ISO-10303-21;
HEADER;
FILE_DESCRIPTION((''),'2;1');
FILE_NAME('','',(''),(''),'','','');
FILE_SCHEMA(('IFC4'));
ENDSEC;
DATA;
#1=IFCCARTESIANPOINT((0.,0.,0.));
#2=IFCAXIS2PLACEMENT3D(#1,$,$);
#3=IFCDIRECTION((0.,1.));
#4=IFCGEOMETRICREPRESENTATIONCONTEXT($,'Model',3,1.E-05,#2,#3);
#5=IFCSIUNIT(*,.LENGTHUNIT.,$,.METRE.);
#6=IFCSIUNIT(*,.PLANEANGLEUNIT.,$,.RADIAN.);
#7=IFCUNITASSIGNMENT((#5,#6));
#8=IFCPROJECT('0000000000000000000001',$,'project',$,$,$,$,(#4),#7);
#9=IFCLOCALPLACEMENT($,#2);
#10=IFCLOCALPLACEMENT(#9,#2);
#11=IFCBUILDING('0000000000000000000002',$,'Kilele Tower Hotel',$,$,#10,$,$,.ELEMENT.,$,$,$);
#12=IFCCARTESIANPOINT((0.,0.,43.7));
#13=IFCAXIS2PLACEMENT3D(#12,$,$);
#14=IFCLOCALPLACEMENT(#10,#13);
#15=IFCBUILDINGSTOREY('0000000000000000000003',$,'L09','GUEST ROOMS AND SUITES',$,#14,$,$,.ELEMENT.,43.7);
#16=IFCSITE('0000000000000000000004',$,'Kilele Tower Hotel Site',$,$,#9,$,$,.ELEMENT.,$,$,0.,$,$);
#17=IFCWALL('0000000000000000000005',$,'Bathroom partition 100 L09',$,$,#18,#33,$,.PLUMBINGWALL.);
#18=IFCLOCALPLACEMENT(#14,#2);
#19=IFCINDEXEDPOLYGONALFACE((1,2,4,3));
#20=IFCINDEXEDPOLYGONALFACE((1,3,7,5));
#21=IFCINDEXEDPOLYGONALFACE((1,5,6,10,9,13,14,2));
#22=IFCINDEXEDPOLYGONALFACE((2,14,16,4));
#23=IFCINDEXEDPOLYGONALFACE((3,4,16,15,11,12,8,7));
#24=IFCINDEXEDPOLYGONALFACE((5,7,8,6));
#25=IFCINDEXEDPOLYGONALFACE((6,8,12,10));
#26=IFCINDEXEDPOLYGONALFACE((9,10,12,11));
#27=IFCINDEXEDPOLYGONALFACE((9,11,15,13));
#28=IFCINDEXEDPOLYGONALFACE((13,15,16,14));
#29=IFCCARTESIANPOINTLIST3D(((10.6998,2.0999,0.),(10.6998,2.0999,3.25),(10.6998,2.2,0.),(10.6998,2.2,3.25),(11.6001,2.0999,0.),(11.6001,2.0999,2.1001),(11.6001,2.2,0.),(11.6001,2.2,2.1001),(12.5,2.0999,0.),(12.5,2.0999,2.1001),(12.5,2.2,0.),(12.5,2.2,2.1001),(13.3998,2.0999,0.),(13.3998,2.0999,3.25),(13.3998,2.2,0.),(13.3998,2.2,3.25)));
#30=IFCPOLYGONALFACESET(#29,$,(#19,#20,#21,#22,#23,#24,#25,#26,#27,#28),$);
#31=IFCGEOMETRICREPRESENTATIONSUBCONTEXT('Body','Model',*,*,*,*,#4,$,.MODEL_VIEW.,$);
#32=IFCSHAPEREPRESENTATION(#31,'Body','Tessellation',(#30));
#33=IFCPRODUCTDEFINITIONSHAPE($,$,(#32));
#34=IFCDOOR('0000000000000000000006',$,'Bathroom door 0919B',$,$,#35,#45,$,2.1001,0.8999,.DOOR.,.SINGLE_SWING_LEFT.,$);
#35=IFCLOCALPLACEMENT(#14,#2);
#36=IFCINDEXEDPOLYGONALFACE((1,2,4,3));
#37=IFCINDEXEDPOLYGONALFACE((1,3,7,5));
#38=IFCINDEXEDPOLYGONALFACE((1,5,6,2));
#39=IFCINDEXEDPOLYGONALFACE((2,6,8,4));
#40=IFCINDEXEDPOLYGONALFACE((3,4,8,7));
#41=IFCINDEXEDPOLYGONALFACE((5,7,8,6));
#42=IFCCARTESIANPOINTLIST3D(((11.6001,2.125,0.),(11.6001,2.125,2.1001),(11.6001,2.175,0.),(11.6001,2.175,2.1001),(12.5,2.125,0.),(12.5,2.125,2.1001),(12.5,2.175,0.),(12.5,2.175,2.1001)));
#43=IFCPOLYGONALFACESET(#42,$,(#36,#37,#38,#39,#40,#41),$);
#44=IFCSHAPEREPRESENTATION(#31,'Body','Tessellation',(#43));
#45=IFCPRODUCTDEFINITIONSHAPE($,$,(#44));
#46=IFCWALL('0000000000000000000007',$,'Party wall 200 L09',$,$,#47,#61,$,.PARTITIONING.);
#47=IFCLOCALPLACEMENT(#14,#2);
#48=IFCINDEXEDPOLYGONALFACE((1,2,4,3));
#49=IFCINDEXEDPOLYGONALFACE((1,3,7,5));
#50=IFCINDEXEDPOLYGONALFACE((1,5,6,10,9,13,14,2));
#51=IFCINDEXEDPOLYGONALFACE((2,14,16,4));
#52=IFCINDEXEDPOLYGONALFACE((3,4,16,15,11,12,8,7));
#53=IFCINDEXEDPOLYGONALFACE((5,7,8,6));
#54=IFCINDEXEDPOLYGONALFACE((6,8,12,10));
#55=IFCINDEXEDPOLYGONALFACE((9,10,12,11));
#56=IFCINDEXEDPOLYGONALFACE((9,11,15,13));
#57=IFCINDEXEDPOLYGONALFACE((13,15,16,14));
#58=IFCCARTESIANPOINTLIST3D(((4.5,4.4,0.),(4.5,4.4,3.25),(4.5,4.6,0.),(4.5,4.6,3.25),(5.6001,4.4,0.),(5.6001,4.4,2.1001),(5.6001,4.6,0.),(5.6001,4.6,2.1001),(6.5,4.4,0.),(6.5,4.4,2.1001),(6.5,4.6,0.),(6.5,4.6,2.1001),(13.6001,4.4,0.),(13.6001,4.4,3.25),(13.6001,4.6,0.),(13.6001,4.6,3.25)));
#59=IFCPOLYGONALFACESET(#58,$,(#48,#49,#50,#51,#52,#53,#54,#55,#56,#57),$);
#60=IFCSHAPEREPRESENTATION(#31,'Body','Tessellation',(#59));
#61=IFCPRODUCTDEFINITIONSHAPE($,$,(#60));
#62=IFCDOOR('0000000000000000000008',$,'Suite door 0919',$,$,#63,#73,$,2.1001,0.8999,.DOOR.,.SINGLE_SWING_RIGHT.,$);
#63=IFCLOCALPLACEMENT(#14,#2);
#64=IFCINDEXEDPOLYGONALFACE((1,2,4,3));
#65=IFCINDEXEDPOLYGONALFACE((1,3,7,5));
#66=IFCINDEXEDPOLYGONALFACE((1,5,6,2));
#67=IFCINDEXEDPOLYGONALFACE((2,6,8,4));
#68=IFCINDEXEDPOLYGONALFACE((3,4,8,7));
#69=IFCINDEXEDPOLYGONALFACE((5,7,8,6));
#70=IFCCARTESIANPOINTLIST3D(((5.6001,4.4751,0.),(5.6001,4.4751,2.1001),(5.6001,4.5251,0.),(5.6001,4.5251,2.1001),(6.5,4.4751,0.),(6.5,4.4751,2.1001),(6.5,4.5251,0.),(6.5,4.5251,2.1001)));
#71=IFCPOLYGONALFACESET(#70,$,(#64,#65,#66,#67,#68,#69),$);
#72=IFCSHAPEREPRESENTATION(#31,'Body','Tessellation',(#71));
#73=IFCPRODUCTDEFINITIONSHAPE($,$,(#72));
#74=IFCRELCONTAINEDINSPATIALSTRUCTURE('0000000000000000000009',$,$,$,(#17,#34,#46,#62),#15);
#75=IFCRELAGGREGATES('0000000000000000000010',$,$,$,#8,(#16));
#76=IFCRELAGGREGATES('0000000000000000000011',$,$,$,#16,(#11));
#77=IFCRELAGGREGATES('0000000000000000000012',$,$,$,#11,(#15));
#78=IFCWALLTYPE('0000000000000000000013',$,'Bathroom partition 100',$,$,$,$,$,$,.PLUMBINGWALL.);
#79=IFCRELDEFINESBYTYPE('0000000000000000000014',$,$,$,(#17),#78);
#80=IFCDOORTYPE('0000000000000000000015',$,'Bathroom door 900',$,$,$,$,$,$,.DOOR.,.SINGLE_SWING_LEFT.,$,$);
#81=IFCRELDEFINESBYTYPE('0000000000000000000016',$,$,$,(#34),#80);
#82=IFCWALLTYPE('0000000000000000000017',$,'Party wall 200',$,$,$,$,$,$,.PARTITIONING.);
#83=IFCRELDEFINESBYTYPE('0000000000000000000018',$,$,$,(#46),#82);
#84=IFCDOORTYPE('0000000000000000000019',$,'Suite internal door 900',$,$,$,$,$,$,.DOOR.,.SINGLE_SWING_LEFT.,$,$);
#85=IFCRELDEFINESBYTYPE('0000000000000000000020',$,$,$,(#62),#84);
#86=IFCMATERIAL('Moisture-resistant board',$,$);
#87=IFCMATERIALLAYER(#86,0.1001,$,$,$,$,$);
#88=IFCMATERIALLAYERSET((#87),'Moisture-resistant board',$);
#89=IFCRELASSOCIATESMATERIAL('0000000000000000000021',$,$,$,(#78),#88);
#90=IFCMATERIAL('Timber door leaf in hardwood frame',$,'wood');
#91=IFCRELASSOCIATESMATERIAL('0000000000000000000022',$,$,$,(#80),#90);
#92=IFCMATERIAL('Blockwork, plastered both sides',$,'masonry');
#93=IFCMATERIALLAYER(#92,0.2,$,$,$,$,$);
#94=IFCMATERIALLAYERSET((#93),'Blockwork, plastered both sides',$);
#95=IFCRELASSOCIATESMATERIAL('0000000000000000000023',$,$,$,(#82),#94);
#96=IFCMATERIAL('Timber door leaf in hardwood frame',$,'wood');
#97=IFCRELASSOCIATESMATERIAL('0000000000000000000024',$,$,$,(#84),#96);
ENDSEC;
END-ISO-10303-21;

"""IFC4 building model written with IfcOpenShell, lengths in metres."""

from ifc_helpers import new_model, si_unit, direction, frame, frame_2d, origin, place, context, subcontext, project, spatial, rectangle, extrude, material, layer, layer_set, type_object, element, fill, save


model = new_model("IFC4")

# Units and contexts
model_context = context("Model", 3, precision=1e-05, world=origin(), true_north=direction((0.0, 1.0)))
body_context = subcontext(model_context, "Body", "Model", "MODEL_VIEW")
ifc_project = project(units=[si_unit("LENGTHUNIT", "METRE"), si_unit("PLANEANGLEUNIT", "RADIAN")], contexts=[model_context])

# Site, building, storey
site_placement = place(None, origin())
site = spatial("IfcSite", under=ifc_project, at=site_placement, Name="Kilele Tower Hotel Site", CompositionType="ELEMENT", RefElevation=0.0)
building_placement = place(site_placement, origin())
building = spatial("IfcBuilding", under=site, at=building_placement, Name="Kilele Tower Hotel", CompositionType="ELEMENT")
storey_placement = place(building_placement, frame((0.0, 0.0, 43.7)))
storey = spatial("IfcBuildingStorey", under=building, at=storey_placement, Name="L09", Description="GUEST ROOMS AND SUITES", CompositionType="ELEMENT", Elevation=43.7)

# Shared definitions
ifc_material_1 = material(Name="Moisture-resistant board")
ifc_layer_1 = layer(ifc_material_1, 0.1001)
ifc_layer_set_1 = layer_set([ifc_layer_1], Name="Moisture-resistant board")
wall_type_1 = type_object("IfcWallType", Name="Bathroom partition 100", PredefinedType="PLUMBINGWALL", material=ifc_layer_set_1)

# Shared definitions
ifc_material_2 = material(Name="Timber door leaf in hardwood frame", Category="wood")
door_type_1 = type_object("IfcDoorType", Name="Bathroom door 900", OperationType="SINGLE_SWING_LEFT", PredefinedType="DOOR", material=ifc_material_2)

# Walls, openings, doors
wall_1_placement = place(storey_placement, frame((13.3999, 2.1499, 0.0), z_axis=(0.0, 0.0, 1.0), x_axis=(-1.0, 0.0, 0.0)))
wall_1 = element("IfcWall", 1, at=wall_1_placement, inside=storey, type_object=wall_type_1, Name="Bathroom partition 100 L09", PredefinedType="PLUMBINGWALL", context=body_context, shape_type="SweptSolid", body=[
    extrude(rectangle(XDim=2.7, YDim=0.1001, at=frame_2d((1.3501, 0.0))), origin(), (0.0, 0.0, 1.0), 3.25),
])
opening_1_placement = place(wall_1_placement, frame((0.8999, 0.0, 0.0)))
opening_1 = element("IfcOpeningElement", 2, at=opening_1_placement, cuts=wall_1, PredefinedType="OPENING", context=body_context, shape_type="SweptSolid", body=[
    extrude(rectangle(XDim=0.8999, YDim=2.1001, at=frame_2d((0.45, 1.05))), frame((0.0, 0.0601, 0.0), z_axis=(0.0, -1.0, 0.0), x_axis=(1.0, 0.0, 0.0)), (0.0, 0.0, 1.0), 0.1201),
])
door_1_placement = place(opening_1_placement, origin())
door_1 = element("IfcDoor", 3, at=door_1_placement, inside=storey, type_object=door_type_1, Name="Bathroom door 0919B", OperationType="SINGLE_SWING_LEFT", OverallHeight=2.1001, OverallWidth=0.8999, PredefinedType="DOOR", context=body_context, shape_type="SweptSolid", body=[
    extrude(rectangle(XDim=0.8999, YDim=2.1001, at=frame_2d((0.45, 1.05))), frame((0.0, 0.0249, 0.0), z_axis=(0.0, -1.0, 0.0), x_axis=(1.0, 0.0, 0.0)), (0.0, 0.0, 1.0), 0.05),
])
fill(opening_1, door_1)
ifc_material_3 = material(Name="Blockwork, plastered both sides", Category="masonry")
ifc_layer_2 = layer(ifc_material_3, 0.2)
ifc_layer_set_2 = layer_set([ifc_layer_2], Name="Blockwork, plastered both sides")
wall_type_2 = type_object("IfcWallType", Name="Party wall 200", PredefinedType="PARTITIONING", material=ifc_layer_set_2)
wall_2_placement = place(storey_placement, frame((13.6001, 4.5, 0.0), z_axis=(0.0, 0.0, 1.0), x_axis=(-1.0, 0.0, 0.0)))
wall_2 = element("IfcWall", 4, at=wall_2_placement, inside=storey, type_object=wall_type_2, Name="Party wall 200 L09", PredefinedType="PARTITIONING", context=body_context, shape_type="SweptSolid", body=[
    extrude(rectangle(XDim=9.1001, YDim=0.2, at=frame_2d((4.55, 0.0))), origin(), (0.0, 0.0, 1.0), 3.25),
])
opening_2_placement = place(wall_2_placement, frame((7.1001, 0.0, 0.0)))
opening_2 = element("IfcOpeningElement", 5, at=opening_2_placement, cuts=wall_2, PredefinedType="OPENING", context=body_context, shape_type="SweptSolid", body=[
    extrude(rectangle(XDim=0.8999, YDim=2.1001, at=frame_2d((0.45, 1.05))), frame((0.0, 0.1099, 0.0), z_axis=(0.0, -1.0, 0.0), x_axis=(1.0, 0.0, 0.0)), (0.0, 0.0, 1.0), 0.22),
])
ifc_material_4 = material(Name="Timber door leaf in hardwood frame", Category="wood")
door_type_2 = type_object("IfcDoorType", Name="Suite internal door 900", OperationType="SINGLE_SWING_LEFT", PredefinedType="DOOR", material=ifc_material_4)
door_2_placement = place(opening_2_placement, origin())
door_2 = element("IfcDoor", 6, at=door_2_placement, inside=storey, type_object=door_type_2, Name="Suite door 0919", OperationType="SINGLE_SWING_RIGHT", OverallHeight=2.1001, OverallWidth=0.8999, PredefinedType="DOOR", context=body_context, shape_type="SweptSolid", body=[
    extrude(rectangle(XDim=0.8999, YDim=2.1001, at=frame_2d((0.45, 1.05))), frame((0.0, 0.0249, 0.0), z_axis=(0.0, -1.0, 0.0), x_axis=(1.0, 0.0, 0.0)), (0.0, 0.0, 1.0), 0.05),
])
fill(opening_2, door_2)

save(model, "model.ifc")
